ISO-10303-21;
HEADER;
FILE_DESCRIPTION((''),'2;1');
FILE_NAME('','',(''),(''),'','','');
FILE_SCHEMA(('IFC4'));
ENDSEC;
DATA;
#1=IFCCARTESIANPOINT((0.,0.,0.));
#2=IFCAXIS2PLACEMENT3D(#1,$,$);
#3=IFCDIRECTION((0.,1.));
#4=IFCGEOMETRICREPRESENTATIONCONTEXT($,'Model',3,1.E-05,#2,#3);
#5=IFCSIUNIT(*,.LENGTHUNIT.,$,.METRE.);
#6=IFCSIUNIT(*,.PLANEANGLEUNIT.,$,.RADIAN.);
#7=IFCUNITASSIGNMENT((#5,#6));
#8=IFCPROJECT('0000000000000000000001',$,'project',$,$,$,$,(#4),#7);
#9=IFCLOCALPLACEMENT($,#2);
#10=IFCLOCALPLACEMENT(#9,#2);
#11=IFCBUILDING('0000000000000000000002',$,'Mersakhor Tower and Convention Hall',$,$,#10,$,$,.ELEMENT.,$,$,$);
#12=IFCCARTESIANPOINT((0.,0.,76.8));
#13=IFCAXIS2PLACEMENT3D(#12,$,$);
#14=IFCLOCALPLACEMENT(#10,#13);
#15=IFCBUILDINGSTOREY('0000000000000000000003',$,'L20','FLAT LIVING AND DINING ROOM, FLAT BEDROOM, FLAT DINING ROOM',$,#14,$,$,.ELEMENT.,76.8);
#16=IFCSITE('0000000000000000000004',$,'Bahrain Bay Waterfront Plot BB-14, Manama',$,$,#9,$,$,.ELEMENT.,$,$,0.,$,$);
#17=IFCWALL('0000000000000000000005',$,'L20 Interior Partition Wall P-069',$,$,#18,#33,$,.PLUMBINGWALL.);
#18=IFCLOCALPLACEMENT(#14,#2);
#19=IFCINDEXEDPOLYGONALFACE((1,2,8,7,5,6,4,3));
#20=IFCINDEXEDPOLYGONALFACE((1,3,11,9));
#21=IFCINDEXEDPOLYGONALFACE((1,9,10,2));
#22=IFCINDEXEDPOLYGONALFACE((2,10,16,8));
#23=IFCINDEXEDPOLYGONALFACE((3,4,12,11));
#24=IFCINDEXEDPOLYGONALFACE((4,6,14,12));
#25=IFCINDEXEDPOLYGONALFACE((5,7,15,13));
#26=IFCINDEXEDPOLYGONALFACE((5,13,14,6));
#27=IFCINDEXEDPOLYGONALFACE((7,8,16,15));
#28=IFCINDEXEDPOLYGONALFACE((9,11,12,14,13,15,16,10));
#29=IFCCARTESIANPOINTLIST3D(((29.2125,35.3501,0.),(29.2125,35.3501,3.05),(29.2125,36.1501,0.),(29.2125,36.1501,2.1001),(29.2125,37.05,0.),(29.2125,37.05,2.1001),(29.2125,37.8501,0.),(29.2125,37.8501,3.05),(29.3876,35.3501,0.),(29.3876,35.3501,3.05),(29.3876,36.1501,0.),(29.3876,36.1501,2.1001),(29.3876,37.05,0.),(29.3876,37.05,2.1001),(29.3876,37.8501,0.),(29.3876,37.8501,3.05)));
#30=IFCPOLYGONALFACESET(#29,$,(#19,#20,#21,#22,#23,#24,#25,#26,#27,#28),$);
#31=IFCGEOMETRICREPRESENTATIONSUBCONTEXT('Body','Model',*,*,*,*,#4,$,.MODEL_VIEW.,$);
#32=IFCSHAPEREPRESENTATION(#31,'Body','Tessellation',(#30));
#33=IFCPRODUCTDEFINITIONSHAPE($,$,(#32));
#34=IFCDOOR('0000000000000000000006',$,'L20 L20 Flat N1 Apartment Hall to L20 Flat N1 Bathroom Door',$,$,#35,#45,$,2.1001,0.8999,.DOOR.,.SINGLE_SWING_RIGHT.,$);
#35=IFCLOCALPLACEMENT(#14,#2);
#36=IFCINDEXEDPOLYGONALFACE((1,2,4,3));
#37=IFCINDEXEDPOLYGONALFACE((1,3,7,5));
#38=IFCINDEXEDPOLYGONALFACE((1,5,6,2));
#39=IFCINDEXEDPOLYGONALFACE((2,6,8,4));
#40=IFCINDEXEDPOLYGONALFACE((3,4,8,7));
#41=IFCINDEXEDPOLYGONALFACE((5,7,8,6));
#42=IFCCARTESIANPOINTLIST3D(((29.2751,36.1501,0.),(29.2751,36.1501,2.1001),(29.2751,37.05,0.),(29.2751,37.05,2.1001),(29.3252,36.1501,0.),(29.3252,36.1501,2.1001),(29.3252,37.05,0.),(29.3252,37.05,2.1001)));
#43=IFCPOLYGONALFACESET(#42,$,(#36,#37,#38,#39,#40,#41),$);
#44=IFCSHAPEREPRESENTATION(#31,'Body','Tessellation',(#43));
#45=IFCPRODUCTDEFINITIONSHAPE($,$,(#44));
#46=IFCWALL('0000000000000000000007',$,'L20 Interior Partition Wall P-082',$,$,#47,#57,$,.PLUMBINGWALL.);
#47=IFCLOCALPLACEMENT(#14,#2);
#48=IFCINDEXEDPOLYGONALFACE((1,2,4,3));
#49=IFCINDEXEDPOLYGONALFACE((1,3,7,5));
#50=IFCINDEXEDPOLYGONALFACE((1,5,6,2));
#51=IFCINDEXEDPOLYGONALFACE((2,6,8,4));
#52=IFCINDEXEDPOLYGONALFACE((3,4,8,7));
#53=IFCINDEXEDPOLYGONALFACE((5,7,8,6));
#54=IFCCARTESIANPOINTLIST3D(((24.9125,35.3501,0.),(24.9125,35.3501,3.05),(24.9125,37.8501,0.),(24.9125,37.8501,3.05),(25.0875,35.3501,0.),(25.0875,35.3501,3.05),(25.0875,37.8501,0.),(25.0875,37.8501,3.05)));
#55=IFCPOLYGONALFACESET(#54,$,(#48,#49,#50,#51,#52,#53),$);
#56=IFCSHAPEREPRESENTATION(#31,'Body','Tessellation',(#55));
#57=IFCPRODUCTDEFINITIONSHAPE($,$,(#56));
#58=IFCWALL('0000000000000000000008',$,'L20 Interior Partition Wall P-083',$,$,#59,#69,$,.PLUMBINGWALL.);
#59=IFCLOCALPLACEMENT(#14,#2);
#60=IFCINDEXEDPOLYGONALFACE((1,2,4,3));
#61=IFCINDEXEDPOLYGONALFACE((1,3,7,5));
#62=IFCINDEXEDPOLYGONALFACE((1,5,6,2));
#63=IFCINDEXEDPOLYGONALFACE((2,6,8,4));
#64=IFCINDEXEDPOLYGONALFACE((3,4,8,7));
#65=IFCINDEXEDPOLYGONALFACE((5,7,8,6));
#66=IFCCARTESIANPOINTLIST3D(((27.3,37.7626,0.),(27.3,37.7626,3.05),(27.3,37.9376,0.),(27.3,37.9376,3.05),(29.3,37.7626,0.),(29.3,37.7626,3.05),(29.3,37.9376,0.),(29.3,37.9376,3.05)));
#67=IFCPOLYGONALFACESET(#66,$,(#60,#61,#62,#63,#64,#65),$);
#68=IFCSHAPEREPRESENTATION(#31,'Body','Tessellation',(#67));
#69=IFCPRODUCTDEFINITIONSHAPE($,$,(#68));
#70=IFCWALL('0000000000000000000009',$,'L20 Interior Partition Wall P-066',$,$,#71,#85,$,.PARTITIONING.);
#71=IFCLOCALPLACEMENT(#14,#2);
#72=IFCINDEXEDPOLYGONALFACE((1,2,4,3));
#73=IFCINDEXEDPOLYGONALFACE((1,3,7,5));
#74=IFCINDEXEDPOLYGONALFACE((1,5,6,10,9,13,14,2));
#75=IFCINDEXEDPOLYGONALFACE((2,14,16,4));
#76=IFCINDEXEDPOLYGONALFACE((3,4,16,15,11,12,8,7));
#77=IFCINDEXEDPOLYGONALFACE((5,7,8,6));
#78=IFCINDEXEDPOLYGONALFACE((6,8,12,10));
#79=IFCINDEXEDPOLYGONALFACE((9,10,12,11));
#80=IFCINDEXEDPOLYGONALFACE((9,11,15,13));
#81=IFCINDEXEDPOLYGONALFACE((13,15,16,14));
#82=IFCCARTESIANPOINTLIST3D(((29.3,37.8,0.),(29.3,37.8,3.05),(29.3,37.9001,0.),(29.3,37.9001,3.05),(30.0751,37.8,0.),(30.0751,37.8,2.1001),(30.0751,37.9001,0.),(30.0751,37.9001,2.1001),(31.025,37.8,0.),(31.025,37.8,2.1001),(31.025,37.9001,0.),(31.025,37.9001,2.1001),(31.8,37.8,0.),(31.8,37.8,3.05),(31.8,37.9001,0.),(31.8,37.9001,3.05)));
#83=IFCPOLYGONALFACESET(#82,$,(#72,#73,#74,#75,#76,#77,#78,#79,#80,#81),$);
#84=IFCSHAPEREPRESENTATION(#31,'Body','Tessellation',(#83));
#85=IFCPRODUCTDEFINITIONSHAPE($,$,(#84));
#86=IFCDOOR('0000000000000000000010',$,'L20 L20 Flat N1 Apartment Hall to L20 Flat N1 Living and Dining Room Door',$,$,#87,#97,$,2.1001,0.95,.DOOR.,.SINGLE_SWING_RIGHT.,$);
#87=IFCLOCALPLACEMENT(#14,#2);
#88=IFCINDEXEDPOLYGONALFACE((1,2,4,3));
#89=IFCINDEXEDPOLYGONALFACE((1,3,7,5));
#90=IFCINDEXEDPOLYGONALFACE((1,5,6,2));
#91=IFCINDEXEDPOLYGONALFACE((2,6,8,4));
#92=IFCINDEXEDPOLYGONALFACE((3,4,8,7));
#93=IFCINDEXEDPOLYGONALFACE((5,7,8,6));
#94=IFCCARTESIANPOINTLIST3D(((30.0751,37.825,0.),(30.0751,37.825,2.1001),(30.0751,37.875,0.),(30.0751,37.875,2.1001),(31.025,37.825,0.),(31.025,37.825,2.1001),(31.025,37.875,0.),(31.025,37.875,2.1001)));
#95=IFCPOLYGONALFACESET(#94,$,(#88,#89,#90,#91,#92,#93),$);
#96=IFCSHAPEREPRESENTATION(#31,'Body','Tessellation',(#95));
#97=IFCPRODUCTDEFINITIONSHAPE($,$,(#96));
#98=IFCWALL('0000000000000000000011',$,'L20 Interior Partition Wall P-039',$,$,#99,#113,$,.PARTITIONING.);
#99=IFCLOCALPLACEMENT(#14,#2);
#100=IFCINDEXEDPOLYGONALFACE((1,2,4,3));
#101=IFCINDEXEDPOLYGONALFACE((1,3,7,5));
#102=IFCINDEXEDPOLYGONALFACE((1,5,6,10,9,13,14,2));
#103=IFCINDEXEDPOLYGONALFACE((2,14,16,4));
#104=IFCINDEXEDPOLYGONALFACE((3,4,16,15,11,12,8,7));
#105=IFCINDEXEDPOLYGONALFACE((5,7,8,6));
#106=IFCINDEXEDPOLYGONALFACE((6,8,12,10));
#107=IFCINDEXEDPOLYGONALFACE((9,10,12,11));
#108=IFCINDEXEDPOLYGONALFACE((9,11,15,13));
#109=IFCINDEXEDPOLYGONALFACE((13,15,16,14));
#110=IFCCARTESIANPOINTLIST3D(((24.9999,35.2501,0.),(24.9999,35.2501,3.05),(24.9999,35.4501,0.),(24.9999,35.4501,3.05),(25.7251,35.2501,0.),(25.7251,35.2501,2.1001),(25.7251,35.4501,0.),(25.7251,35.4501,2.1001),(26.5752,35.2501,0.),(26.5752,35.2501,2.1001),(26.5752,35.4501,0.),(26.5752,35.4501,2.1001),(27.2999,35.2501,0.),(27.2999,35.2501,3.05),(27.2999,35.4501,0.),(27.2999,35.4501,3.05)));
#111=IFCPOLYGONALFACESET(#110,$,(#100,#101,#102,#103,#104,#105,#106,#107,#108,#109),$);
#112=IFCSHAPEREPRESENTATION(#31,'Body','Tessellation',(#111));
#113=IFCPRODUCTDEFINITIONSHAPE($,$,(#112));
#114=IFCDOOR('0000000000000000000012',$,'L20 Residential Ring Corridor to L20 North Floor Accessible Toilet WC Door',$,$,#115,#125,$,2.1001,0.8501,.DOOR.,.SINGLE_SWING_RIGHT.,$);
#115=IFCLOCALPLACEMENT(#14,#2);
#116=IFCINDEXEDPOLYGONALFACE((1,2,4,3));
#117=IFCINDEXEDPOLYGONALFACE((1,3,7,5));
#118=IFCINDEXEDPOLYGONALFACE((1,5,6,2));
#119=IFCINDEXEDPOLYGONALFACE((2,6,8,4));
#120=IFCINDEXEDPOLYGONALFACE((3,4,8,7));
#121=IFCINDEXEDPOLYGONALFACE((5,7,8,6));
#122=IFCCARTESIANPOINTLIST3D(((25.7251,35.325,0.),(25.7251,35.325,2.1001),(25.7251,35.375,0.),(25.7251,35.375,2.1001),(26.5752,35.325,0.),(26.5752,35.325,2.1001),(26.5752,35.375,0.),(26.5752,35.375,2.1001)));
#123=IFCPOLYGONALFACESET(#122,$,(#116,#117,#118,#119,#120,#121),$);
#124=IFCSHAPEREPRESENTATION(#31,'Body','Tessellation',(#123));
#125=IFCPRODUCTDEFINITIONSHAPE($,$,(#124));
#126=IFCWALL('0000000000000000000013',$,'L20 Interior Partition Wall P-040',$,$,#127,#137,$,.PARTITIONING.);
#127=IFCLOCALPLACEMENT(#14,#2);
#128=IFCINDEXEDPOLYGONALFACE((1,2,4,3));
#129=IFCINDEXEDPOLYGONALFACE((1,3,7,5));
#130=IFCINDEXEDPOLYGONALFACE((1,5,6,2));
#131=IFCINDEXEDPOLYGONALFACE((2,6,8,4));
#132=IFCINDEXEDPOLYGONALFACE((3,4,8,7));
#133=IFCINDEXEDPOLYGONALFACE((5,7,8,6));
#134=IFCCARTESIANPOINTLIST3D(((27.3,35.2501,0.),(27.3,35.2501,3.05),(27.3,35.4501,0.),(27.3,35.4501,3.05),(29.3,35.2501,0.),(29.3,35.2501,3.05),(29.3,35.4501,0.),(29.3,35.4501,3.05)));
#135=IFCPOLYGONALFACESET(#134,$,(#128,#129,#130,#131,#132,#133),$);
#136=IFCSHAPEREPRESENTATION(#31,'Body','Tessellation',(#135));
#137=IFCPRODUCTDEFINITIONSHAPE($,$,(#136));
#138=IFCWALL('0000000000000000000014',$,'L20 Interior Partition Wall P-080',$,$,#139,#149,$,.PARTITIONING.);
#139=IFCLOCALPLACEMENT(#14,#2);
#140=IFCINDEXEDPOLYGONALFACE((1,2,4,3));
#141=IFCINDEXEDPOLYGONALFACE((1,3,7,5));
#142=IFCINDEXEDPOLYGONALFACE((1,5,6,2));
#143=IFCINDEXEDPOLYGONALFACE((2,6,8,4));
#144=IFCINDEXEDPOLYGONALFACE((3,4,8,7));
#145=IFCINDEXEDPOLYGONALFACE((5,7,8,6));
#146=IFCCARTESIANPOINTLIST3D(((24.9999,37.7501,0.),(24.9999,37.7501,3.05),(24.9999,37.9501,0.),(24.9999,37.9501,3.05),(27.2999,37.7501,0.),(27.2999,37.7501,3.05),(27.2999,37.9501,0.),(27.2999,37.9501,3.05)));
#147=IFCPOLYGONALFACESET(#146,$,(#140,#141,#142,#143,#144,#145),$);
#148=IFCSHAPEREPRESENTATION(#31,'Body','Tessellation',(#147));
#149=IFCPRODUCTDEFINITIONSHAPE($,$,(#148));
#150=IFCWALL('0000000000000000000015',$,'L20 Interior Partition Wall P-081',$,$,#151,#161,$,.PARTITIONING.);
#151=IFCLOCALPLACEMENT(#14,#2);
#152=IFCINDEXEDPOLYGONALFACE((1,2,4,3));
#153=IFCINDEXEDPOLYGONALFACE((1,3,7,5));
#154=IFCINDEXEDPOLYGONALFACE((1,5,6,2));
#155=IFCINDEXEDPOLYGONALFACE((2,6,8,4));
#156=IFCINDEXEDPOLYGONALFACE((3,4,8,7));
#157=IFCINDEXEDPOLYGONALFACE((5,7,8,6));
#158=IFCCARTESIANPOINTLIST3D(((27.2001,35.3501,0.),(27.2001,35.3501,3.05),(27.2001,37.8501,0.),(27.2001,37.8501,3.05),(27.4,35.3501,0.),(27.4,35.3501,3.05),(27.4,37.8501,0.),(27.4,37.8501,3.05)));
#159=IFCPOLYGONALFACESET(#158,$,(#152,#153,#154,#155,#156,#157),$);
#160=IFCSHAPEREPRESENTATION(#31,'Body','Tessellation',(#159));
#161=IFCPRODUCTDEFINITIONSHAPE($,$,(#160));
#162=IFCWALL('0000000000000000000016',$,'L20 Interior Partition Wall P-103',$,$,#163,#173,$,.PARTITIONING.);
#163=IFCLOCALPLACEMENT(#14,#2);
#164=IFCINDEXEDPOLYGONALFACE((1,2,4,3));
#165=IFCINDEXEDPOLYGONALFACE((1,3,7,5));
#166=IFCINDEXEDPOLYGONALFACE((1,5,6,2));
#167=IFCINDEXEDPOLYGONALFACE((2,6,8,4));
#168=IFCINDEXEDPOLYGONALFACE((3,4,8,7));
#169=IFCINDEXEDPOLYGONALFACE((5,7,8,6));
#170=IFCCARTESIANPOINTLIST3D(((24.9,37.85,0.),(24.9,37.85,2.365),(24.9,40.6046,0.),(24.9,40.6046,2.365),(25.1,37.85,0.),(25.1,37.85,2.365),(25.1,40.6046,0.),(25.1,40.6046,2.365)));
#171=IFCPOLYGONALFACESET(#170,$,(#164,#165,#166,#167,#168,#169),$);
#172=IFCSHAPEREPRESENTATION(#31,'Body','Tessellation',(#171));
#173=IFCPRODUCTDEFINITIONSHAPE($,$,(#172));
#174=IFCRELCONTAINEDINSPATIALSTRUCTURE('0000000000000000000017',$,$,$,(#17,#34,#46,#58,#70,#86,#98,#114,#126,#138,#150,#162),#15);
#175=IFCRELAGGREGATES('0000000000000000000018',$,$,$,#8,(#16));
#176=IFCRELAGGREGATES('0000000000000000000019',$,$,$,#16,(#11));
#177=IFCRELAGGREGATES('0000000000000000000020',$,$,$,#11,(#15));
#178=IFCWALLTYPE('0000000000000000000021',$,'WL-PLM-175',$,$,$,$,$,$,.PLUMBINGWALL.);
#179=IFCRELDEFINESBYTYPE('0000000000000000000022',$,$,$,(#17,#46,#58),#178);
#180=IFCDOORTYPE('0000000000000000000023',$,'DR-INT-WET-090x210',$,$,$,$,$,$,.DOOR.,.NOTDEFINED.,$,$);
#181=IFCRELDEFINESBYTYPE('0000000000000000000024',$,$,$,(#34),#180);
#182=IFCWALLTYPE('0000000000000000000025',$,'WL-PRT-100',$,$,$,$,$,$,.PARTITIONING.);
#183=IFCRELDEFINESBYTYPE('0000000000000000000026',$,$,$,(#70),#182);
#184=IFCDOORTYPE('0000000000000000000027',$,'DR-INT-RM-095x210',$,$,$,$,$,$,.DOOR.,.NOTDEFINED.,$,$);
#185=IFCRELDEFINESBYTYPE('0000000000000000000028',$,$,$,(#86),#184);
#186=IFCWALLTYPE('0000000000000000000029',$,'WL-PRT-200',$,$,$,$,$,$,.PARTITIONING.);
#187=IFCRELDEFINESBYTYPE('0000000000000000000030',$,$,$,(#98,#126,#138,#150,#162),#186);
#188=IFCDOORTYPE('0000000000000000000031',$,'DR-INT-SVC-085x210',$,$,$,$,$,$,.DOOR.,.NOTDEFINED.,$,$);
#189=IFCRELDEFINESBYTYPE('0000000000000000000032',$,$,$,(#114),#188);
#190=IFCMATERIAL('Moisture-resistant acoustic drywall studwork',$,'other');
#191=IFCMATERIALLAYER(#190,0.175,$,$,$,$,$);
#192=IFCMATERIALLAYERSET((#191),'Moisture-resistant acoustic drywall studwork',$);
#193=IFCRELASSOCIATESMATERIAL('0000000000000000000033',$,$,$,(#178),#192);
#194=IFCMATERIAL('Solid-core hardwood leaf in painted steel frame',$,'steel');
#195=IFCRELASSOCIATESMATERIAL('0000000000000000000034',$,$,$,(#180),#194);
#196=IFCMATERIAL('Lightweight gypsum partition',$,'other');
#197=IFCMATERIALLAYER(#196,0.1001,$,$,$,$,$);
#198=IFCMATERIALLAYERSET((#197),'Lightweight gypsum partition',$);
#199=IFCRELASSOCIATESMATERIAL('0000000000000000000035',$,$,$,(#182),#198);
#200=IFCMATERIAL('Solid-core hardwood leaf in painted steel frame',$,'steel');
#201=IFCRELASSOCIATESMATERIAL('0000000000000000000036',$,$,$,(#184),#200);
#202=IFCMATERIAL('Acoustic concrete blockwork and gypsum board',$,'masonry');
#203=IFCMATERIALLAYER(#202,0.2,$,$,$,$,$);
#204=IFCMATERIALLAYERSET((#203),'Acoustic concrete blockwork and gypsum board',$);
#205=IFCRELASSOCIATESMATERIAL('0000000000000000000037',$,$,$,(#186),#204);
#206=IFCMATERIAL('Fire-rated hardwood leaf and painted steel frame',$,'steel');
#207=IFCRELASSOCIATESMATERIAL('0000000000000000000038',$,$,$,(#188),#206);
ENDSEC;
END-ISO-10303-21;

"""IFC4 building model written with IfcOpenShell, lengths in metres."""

from ifc_helpers import new_model, si_unit, direction, frame, frame_2d, origin, place, context, subcontext, project, spatial, rectangle, extrude, material, layer, layer_set, type_object, element, fill, save


model = new_model("IFC4")

# Units and contexts
model_context = context("Model", 3, precision=1e-05, world=origin(), true_north=direction((0.0, 1.0)))
body_context = subcontext(model_context, "Body", "Model", "MODEL_VIEW")
ifc_project = project(units=[si_unit("LENGTHUNIT", "METRE"), si_unit("PLANEANGLEUNIT", "RADIAN")], contexts=[model_context])

# Site, building, storey
site_placement = place(None, origin())
site = spatial("IfcSite", under=ifc_project, at=site_placement, Name="Bahrain Bay Waterfront Plot BB-14, Manama", CompositionType="ELEMENT", RefElevation=0.0)
building_placement = place(site_placement, origin())
building = spatial("IfcBuilding", under=site, at=building_placement, Name="Mersakhor Tower and Convention Hall", CompositionType="ELEMENT")
storey_placement = place(building_placement, frame((0.0, 0.0, 76.8)))
storey = spatial("IfcBuildingStorey", under=building, at=storey_placement, Name="L20", Description="FLAT LIVING AND DINING ROOM, FLAT BEDROOM, FLAT DINING ROOM", CompositionType="ELEMENT", Elevation=76.8)

# Wall, opening, door
ifc_material_1 = material(Name="Moisture-resistant acoustic drywall studwork", Category="other")
ifc_layer_1 = layer(ifc_material_1, 0.175)
ifc_layer_set_1 = layer_set([ifc_layer_1], Name="Moisture-resistant acoustic drywall studwork")
wall_type_1 = type_object("IfcWallType", Name="WL-PLM-175", PredefinedType="PLUMBINGWALL", material=ifc_layer_set_1)
wall_1_placement = place(storey_placement, frame((29.3, 35.3501, 0.0), z_axis=(0.0, 0.0, 1.0), x_axis=(0.0, 1.0, 0.0)))
wall_1 = element("IfcWall", 1, at=wall_1_placement, inside=storey, type_object=wall_type_1, Name="L20 Interior Partition Wall P-069", PredefinedType="PLUMBINGWALL", context=body_context, shape_type="SweptSolid", body=[
    extrude(rectangle(XDim=2.5, YDim=0.175, at=frame_2d((1.25, 0.0))), origin(), (0.0, 0.0, 1.0), 3.05),
])
opening_1_placement = place(wall_1_placement, frame((0.8, 0.0, 0.0)))
opening_1 = element("IfcOpeningElement", 2, at=opening_1_placement, cuts=wall_1, PredefinedType="OPENING", context=body_context, shape_type="SweptSolid", body=[
    extrude(rectangle(XDim=0.8999, YDim=2.1001, at=frame_2d((0.45, 1.05))), frame((0.0, 0.0974, 0.0), z_axis=(0.0, -1.0, 0.0), x_axis=(1.0, 0.0, 0.0)), (0.0, 0.0, 1.0), 0.1951),
])
ifc_material_2 = material(Name="Solid-core hardwood leaf in painted steel frame", Category="steel")
door_type_1 = type_object("IfcDoorType", Name="DR-INT-WET-090x210", OperationType="NOTDEFINED", PredefinedType="DOOR", material=ifc_material_2)
door_1_placement = place(opening_1_placement, origin())
door_1 = element("IfcDoor", 3, at=door_1_placement, inside=storey, type_object=door_type_1, Name="L20 L20 Flat N1 Apartment Hall to L20 Flat N1 Bathroom Door", OperationType="SINGLE_SWING_RIGHT", OverallHeight=2.1001, OverallWidth=0.8999, PredefinedType="DOOR", context=body_context, shape_type="SweptSolid", body=[
    extrude(rectangle(XDim=0.8999, YDim=2.1001, at=frame_2d((0.45, 1.05))), frame((0.0, 0.0249, 0.0), z_axis=(0.0, -1.0, 0.0), x_axis=(1.0, 0.0, 0.0)), (0.0, 0.0, 1.0), 0.05),
])
fill(opening_1, door_1)

# Walls
wall_2_placement = place(storey_placement, frame((25.0, 35.3501, 0.0), z_axis=(0.0, 0.0, 1.0), x_axis=(0.0, 1.0, 0.0)))
element("IfcWall", 4, at=wall_2_placement, inside=storey, type_object=wall_type_1, Name="L20 Interior Partition Wall P-082", PredefinedType="PLUMBINGWALL", context=body_context, shape_type="SweptSolid", body=[
    extrude(rectangle(XDim=2.5, YDim=0.175, at=frame_2d((1.25, 0.0))), origin(), (0.0, 0.0, 1.0), 3.05),
])
wall_3_placement = place(storey_placement, frame((27.3, 37.8501, 0.0), z_axis=(0.0, 0.0, 1.0), x_axis=(1.0, 0.0, 0.0)))
element("IfcWall", 5, at=wall_3_placement, inside=storey, type_object=wall_type_1, Name="L20 Interior Partition Wall P-083", PredefinedType="PLUMBINGWALL", context=body_context, shape_type="SweptSolid", body=[
    extrude(rectangle(XDim=2.0, YDim=0.175, at=frame_2d((1.0, 0.0))), origin(), (0.0, 0.0, 1.0), 3.05),
])

# Walls, openings, doors
ifc_material_3 = material(Name="Lightweight gypsum partition", Category="other")
ifc_layer_2 = layer(ifc_material_3, 0.1001)
ifc_layer_set_2 = layer_set([ifc_layer_2], Name="Lightweight gypsum partition")
wall_type_2 = type_object("IfcWallType", Name="WL-PRT-100", PredefinedType="PARTITIONING", material=ifc_layer_set_2)
wall_4_placement = place(storey_placement, frame((29.3, 37.8501, 0.0), z_axis=(0.0, 0.0, 1.0), x_axis=(1.0, 0.0, 0.0)))
wall_4 = element("IfcWall", 6, at=wall_4_placement, inside=storey, type_object=wall_type_2, Name="L20 Interior Partition Wall P-066", PredefinedType="PARTITIONING", context=body_context, shape_type="SweptSolid", body=[
    extrude(rectangle(XDim=2.5, YDim=0.1001, at=frame_2d((1.25, 0.0))), origin(), (0.0, 0.0, 1.0), 3.05),
])
opening_2_placement = place(wall_4_placement, frame((0.7749, 0.0, 0.0)))
opening_2 = element("IfcOpeningElement", 7, at=opening_2_placement, cuts=wall_4, PredefinedType="OPENING", context=body_context, shape_type="SweptSolid", body=[
    extrude(rectangle(XDim=0.95, YDim=2.1001, at=frame_2d((0.4751, 1.05))), frame((0.0, 0.0601, 0.0), z_axis=(0.0, -1.0, 0.0), x_axis=(1.0, 0.0, 0.0)), (0.0, 0.0, 1.0), 0.1201),
])
ifc_material_4 = material(Name="Solid-core hardwood leaf in painted steel frame", Category="steel")
door_type_2 = type_object("IfcDoorType", Name="DR-INT-RM-095x210", OperationType="NOTDEFINED", PredefinedType="DOOR", material=ifc_material_4)
door_2_placement = place(opening_2_placement, origin())
door_2 = element("IfcDoor", 8, at=door_2_placement, inside=storey, type_object=door_type_2, Name="L20 L20 Flat N1 Apartment Hall to L20 Flat N1 Living and Dining Room Door", OperationType="SINGLE_SWING_RIGHT", OverallHeight=2.1001, OverallWidth=0.95, PredefinedType="DOOR", context=body_context, shape_type="SweptSolid", body=[
    extrude(rectangle(XDim=0.95, YDim=2.1001, at=frame_2d((0.4751, 1.05))), frame((0.0, 0.0249, 0.0), z_axis=(0.0, -1.0, 0.0), x_axis=(1.0, 0.0, 0.0)), (0.0, 0.0, 1.0), 0.05),
])
fill(opening_2, door_2)
ifc_material_5 = material(Name="Acoustic concrete blockwork and gypsum board", Category="masonry")
ifc_layer_3 = layer(ifc_material_5, 0.2)
ifc_layer_set_3 = layer_set([ifc_layer_3], Name="Acoustic concrete blockwork and gypsum board")
wall_type_3 = type_object("IfcWallType", Name="WL-PRT-200", PredefinedType="PARTITIONING", material=ifc_layer_set_3)
wall_5_placement = place(storey_placement, frame((25.0, 35.3501, 0.0), z_axis=(0.0, 0.0, 1.0), x_axis=(1.0, 0.0, 0.0)))
wall_5 = element("IfcWall", 9, at=wall_5_placement, inside=storey, type_object=wall_type_3, Name="L20 Interior Partition Wall P-039", PredefinedType="PARTITIONING", context=body_context, shape_type="SweptSolid", body=[
    extrude(rectangle(XDim=2.3, YDim=0.2, at=frame_2d((1.1499, 0.0))), origin(), (0.0, 0.0, 1.0), 3.05),
])
opening_3_placement = place(wall_5_placement, frame((0.7251, 0.0, 0.0)))
opening_3 = element("IfcOpeningElement", 10, at=opening_3_placement, cuts=wall_5, PredefinedType="OPENING", context=body_context, shape_type="SweptSolid", body=[
    extrude(rectangle(XDim=0.8501, YDim=2.1001, at=frame_2d((0.425, 1.05))), frame((0.0, 0.1099, 0.0), z_axis=(0.0, -1.0, 0.0), x_axis=(1.0, 0.0, 0.0)), (0.0, 0.0, 1.0), 0.22),
])
ifc_material_6 = material(Name="Fire-rated hardwood leaf and painted steel frame", Category="steel")
door_type_3 = type_object("IfcDoorType", Name="DR-INT-SVC-085x210", OperationType="NOTDEFINED", PredefinedType="DOOR", material=ifc_material_6)
door_3_placement = place(opening_3_placement, origin())
door_3 = element("IfcDoor", 11, at=door_3_placement, inside=storey, type_object=door_type_3, Name="L20 Residential Ring Corridor to L20 North Floor Accessible Toilet WC Door", OperationType="SINGLE_SWING_RIGHT", OverallHeight=2.1001, OverallWidth=0.8501, PredefinedType="DOOR", context=body_context, shape_type="SweptSolid", body=[
    extrude(rectangle(XDim=0.8501, YDim=2.1001, at=frame_2d((0.425, 1.05))), frame((0.0, 0.0249, 0.0), z_axis=(0.0, -1.0, 0.0), x_axis=(1.0, 0.0, 0.0)), (0.0, 0.0, 1.0), 0.05),
])
fill(opening_3, door_3)

# Wall
wall_6_placement = place(storey_placement, frame((27.3, 35.3501, 0.0), z_axis=(0.0, 0.0, 1.0), x_axis=(1.0, 0.0, 0.0)))
element("IfcWall", 12, at=wall_6_placement, inside=storey, type_object=wall_type_3, Name="L20 Interior Partition Wall P-040", PredefinedType="PARTITIONING", context=body_context, shape_type="SweptSolid", body=[
    extrude(rectangle(XDim=2.0, YDim=0.2, at=frame_2d((1.0, 0.0))), origin(), (0.0, 0.0, 1.0), 3.05),
])

# Walls
wall_7_placement = place(storey_placement, frame((25.0, 37.8501, 0.0), z_axis=(0.0, 0.0, 1.0), x_axis=(1.0, 0.0, 0.0)))
element("IfcWall", 13, at=wall_7_placement, inside=storey, type_object=wall_type_3, Name="L20 Interior Partition Wall P-080", PredefinedType="PARTITIONING", context=body_context, shape_type="SweptSolid", body=[
    extrude(rectangle(XDim=2.3, YDim=0.2, at=frame_2d((1.1499, 0.0))), origin(), (0.0, 0.0, 1.0), 3.05),
])
wall_8_placement = place(storey_placement, frame((27.3, 37.8501, 0.0), z_axis=(0.0, 0.0, 1.0), x_axis=(0.0, -1.0, 0.0)))
element("IfcWall", 14, at=wall_8_placement, inside=storey, type_object=wall_type_3, Name="L20 Interior Partition Wall P-081", PredefinedType="PARTITIONING", context=body_context, shape_type="SweptSolid", body=[
    extrude(rectangle(XDim=2.5, YDim=0.2, at=frame_2d((1.25, 0.0))), origin(), (0.0, 0.0, 1.0), 3.05),
])
wall_9_placement = place(storey_placement, frame((25.0, 40.6047, 0.0), z_axis=(0.0, 0.0, 1.0), x_axis=(0.0, -1.0, 0.0)))
element("IfcWall", 15, at=wall_9_placement, inside=storey, type_object=wall_type_3, Name="L20 Interior Partition Wall P-103", PredefinedType="PARTITIONING", context=body_context, shape_type="SweptSolid", body=[
    extrude(rectangle(XDim=2.7546, YDim=0.2, at=frame_2d((1.3774, 0.0))), origin(), (0.0, 0.0, 1.0), 2.365),
])

save(model, "model.ifc")
